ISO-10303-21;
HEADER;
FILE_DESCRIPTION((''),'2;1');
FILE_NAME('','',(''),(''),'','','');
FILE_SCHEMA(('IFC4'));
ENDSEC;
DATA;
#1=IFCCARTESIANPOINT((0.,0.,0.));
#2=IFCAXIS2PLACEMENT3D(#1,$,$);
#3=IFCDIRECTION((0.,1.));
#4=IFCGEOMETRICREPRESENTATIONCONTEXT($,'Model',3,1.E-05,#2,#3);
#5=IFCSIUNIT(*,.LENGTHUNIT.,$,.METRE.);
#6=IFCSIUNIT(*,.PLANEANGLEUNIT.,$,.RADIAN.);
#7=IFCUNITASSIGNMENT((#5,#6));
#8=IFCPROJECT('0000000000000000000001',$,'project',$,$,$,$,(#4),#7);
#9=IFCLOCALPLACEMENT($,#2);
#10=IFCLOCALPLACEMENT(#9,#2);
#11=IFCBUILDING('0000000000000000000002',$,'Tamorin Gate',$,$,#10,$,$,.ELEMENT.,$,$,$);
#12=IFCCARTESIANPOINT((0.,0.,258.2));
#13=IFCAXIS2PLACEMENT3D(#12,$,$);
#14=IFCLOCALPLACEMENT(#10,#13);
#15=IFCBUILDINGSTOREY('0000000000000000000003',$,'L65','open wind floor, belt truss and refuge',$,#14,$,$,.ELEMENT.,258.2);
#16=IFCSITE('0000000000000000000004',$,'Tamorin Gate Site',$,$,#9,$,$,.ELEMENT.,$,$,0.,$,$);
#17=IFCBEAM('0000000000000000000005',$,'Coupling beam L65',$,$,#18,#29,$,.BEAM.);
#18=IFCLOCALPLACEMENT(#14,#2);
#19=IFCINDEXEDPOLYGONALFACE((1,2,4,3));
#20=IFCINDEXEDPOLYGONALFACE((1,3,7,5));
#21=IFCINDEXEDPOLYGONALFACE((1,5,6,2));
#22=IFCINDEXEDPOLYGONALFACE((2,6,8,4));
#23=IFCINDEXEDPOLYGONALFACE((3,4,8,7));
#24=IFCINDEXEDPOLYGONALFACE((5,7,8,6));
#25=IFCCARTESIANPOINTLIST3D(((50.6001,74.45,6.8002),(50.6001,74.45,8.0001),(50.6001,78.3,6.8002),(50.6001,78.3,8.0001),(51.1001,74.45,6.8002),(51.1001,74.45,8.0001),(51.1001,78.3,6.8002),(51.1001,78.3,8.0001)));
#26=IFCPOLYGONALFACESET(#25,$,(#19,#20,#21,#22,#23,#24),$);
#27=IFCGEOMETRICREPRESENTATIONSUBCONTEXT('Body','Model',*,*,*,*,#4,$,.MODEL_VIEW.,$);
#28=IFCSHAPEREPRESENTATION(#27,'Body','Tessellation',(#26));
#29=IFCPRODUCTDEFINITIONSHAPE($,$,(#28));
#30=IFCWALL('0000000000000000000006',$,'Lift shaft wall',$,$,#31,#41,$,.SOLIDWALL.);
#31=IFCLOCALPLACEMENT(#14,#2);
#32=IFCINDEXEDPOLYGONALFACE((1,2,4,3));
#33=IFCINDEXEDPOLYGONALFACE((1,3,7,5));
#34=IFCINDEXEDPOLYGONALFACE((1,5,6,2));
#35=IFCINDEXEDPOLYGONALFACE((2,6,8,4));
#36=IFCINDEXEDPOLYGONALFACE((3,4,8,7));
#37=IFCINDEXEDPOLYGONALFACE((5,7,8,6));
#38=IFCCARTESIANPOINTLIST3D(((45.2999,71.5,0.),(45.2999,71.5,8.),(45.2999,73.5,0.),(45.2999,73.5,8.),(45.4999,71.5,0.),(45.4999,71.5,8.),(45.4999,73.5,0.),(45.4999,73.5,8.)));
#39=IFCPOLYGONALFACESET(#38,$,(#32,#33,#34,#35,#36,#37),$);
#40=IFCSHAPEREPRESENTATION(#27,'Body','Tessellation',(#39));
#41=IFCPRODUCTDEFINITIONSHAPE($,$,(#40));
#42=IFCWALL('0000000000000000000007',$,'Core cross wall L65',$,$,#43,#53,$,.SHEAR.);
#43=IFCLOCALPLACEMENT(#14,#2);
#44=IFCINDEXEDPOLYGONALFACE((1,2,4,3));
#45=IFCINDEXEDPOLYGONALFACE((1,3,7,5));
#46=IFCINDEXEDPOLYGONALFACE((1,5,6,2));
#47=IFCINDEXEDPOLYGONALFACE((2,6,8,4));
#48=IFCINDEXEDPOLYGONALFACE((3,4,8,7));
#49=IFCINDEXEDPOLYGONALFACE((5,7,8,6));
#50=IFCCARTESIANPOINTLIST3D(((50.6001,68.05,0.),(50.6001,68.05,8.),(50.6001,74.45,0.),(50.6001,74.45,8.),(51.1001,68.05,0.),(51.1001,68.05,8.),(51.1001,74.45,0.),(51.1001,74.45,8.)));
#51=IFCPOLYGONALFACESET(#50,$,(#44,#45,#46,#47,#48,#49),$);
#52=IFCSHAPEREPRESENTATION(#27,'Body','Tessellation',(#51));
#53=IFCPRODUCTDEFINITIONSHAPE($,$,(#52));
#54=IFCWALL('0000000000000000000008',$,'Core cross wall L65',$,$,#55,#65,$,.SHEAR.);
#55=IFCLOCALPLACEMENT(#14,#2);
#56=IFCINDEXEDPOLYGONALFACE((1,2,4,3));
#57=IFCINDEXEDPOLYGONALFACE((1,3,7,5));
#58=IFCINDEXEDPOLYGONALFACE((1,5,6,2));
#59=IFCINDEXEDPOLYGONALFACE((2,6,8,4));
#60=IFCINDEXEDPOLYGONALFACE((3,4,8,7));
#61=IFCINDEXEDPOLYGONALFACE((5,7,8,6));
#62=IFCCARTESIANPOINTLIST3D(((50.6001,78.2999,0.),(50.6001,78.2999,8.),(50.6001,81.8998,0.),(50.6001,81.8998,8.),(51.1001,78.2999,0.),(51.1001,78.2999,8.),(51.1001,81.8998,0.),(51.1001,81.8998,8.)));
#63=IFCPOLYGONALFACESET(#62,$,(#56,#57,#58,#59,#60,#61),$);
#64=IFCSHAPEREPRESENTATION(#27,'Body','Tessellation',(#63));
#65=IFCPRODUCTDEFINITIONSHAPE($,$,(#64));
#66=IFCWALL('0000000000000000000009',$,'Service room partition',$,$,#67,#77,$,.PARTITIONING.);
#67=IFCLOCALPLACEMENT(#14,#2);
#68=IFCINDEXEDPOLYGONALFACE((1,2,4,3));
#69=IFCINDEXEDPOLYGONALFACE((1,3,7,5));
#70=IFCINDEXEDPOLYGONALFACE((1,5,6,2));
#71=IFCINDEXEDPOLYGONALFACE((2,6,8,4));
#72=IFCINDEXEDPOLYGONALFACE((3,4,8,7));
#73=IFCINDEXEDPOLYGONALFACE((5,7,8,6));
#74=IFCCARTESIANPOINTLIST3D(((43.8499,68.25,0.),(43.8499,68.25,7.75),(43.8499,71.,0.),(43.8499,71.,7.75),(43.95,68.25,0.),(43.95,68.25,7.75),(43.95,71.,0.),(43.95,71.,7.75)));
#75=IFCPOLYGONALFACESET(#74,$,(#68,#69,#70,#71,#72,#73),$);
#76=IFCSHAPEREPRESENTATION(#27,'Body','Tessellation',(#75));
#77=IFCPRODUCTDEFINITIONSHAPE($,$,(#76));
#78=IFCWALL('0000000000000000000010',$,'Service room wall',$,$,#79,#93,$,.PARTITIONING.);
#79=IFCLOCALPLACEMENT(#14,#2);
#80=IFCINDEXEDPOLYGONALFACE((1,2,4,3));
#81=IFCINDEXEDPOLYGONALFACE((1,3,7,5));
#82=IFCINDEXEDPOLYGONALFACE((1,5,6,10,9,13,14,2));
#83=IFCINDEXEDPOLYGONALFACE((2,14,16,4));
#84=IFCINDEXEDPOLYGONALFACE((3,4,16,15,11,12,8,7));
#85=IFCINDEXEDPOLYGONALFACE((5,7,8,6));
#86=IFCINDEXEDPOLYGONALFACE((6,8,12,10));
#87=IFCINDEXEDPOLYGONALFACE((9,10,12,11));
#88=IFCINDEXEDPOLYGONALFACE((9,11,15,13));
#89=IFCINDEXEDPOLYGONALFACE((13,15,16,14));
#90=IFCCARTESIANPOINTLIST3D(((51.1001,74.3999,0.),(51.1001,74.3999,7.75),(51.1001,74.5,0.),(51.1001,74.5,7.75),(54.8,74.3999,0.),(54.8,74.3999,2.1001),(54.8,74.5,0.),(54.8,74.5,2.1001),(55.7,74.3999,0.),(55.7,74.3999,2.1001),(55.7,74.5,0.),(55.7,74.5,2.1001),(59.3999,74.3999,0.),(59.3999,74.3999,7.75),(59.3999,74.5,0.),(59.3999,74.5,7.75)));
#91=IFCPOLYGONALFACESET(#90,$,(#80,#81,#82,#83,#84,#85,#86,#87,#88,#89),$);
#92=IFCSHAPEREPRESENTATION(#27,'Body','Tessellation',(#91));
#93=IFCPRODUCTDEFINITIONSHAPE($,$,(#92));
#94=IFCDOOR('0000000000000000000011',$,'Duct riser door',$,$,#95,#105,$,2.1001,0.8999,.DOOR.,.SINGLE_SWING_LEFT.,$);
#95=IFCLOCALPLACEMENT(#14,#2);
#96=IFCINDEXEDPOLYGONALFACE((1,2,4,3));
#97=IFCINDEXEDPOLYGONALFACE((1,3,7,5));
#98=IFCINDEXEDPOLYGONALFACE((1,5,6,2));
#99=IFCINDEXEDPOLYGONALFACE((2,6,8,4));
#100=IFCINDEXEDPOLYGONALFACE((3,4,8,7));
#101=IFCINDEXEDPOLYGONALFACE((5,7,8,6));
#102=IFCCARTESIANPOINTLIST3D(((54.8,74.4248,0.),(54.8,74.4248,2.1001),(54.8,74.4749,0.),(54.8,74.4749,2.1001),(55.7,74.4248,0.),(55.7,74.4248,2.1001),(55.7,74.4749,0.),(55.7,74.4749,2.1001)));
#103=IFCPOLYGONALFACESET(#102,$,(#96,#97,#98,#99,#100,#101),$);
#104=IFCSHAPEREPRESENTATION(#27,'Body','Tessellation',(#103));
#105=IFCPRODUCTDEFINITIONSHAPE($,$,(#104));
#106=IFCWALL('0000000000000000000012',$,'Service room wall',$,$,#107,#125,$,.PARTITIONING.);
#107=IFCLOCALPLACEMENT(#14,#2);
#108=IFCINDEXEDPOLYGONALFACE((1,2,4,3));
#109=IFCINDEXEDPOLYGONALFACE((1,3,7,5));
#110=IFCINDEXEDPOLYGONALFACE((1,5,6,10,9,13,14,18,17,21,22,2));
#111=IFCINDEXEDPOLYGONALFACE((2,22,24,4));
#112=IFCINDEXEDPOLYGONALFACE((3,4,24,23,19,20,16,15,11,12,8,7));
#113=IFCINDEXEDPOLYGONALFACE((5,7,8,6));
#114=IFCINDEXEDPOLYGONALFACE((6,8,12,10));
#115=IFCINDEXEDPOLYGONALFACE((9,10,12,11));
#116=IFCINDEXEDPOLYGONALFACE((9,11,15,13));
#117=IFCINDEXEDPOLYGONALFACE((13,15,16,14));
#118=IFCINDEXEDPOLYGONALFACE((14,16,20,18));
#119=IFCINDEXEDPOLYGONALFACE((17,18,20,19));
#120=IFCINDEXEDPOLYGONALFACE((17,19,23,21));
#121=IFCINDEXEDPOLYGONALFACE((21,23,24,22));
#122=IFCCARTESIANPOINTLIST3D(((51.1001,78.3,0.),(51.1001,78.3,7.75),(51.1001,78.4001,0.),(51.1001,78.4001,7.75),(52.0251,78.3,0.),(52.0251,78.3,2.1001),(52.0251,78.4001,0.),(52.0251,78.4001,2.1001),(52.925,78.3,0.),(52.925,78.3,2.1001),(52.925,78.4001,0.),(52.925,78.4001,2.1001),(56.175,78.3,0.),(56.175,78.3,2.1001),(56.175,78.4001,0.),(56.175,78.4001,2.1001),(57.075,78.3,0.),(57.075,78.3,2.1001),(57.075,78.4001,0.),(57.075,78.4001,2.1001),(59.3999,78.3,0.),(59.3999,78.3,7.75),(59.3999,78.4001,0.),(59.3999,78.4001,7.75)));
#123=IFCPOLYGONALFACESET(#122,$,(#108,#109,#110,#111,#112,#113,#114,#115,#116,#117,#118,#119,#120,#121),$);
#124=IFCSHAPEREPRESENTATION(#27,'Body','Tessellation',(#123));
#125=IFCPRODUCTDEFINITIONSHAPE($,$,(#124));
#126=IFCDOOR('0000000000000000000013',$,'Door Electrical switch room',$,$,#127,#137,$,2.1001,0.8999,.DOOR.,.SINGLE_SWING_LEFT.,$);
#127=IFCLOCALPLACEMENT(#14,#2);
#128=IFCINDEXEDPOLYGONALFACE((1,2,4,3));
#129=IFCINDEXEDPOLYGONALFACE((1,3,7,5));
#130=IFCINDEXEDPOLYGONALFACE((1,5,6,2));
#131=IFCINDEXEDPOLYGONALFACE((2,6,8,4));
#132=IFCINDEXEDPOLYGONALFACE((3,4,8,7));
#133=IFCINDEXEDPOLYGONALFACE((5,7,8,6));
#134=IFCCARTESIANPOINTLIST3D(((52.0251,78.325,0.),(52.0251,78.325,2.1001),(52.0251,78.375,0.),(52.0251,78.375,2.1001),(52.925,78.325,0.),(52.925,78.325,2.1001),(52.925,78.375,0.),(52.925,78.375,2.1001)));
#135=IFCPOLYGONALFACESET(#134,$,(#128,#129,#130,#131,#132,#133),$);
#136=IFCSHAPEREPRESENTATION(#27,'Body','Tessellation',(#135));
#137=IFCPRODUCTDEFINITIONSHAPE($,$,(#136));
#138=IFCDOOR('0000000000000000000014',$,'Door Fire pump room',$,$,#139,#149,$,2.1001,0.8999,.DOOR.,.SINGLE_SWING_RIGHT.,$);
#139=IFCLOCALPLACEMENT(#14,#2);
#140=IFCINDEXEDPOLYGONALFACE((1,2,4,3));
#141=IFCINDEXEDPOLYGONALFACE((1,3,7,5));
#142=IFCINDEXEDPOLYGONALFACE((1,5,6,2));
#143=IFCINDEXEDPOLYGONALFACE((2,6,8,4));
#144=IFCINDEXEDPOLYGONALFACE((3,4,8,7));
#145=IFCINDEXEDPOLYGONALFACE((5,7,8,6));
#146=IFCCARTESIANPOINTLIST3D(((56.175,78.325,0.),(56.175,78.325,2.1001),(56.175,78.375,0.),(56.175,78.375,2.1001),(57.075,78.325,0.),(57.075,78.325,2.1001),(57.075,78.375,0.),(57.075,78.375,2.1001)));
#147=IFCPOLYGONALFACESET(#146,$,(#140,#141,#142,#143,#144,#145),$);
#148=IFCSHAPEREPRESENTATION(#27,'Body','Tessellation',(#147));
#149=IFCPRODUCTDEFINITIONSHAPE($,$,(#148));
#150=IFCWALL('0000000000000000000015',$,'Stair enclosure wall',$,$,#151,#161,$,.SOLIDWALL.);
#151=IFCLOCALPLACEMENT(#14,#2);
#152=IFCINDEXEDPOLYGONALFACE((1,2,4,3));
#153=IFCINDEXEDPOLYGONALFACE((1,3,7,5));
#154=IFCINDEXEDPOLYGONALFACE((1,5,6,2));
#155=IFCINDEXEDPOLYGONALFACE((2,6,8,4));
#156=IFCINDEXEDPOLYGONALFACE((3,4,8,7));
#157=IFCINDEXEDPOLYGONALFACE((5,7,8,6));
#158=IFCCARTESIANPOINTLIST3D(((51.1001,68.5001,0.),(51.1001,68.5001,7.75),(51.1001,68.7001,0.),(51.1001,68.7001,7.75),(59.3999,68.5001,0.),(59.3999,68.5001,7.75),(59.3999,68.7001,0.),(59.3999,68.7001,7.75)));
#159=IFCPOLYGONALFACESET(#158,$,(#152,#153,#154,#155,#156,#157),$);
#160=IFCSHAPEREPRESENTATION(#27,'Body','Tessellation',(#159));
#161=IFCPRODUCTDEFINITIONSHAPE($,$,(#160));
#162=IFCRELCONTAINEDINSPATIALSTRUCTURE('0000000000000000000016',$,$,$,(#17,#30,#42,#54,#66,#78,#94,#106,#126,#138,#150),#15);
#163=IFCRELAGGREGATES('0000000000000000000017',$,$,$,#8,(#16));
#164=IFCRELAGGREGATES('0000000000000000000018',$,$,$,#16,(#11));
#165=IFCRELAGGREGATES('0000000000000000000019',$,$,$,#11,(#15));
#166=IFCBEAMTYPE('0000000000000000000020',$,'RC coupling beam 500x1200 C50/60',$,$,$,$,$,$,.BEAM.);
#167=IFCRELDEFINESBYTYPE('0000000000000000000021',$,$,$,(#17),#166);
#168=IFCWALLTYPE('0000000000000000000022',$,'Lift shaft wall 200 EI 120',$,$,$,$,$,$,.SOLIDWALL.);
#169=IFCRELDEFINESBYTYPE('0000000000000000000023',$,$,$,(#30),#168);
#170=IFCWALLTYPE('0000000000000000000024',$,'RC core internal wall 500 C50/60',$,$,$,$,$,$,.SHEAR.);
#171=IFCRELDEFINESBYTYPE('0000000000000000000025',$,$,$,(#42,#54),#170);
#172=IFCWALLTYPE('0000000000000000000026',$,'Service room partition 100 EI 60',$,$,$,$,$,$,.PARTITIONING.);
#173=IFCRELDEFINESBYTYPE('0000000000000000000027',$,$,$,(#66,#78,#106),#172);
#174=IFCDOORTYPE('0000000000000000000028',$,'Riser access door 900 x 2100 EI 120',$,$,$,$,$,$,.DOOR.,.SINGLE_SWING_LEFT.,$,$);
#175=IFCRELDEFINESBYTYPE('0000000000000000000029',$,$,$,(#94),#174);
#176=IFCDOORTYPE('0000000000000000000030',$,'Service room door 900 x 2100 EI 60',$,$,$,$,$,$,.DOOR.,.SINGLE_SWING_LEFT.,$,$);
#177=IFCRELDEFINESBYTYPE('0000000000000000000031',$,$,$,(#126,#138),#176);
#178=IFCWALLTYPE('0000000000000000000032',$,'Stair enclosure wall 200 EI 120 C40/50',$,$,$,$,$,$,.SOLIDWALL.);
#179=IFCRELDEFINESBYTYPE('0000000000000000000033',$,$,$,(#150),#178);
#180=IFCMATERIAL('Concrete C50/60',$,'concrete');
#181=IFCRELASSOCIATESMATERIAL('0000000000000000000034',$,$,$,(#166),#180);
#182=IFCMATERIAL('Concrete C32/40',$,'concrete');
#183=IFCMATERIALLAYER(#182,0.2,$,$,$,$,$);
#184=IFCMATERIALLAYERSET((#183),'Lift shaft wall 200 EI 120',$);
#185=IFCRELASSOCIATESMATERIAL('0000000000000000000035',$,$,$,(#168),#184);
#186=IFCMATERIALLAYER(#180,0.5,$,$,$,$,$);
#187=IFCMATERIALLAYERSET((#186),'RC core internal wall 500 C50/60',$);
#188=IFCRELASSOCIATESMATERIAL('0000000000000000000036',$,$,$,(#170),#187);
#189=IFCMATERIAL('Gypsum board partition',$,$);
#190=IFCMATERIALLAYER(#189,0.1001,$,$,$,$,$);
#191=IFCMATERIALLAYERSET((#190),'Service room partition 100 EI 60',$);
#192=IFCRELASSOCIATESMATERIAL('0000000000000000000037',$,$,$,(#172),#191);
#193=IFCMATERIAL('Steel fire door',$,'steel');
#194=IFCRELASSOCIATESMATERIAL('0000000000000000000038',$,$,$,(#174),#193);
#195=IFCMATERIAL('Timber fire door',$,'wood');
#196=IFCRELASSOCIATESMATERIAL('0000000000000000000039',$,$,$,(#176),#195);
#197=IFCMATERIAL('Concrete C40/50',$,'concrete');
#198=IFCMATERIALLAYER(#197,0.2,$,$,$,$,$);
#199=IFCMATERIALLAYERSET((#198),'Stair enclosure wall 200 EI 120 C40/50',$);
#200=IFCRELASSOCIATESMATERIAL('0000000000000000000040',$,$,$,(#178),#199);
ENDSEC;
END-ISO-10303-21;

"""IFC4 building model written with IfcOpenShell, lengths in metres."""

from ifc_helpers import new_model, si_unit, direction, frame, frame_2d, origin, origin_2d, place, context, subcontext, project, spatial, rectangle, extrude, material, layer, layer_set, material_profile, profile_set, type_object, element, fill, save


model = new_model("IFC4")

# Units and contexts
model_context = context("Model", 3, precision=1e-05, world=origin(), true_north=direction((0.0, 1.0)))
body_context = subcontext(model_context, "Body", "Model", "MODEL_VIEW")
ifc_project = project(units=[si_unit("LENGTHUNIT", "METRE"), si_unit("PLANEANGLEUNIT", "RADIAN")], contexts=[model_context])

# Site, building, storey
site_placement = place(None, origin())
site = spatial("IfcSite", under=ifc_project, at=site_placement, Name="Tamorin Gate Site", CompositionType="ELEMENT", RefElevation=0.0)
building_placement = place(site_placement, origin())
building = spatial("IfcBuilding", under=site, at=building_placement, Name="Tamorin Gate", CompositionType="ELEMENT")
storey_placement = place(building_placement, frame((0.0, 0.0, 258.2)))
storey = spatial("IfcBuildingStorey", under=building, at=storey_placement, Name="L65", Description="open wind floor, belt truss and refuge", CompositionType="ELEMENT", Elevation=258.2)

# Beam
ifc_material_1 = material(Name="Concrete C50/60", Category="concrete")
ifc_material_profile = material_profile(ifc_material_1, rectangle(XDim=0.5, YDim=1.2, at=origin_2d()), Name="RC 500x1200")
ifc_profile_set = profile_set([ifc_material_profile], Name="Concrete C50/60")
beam_type = type_object("IfcBeamType", Name="RC coupling beam 500x1200 C50/60", PredefinedType="BEAM", material=ifc_profile_set)
beam_placement = place(storey_placement, frame((50.8501, 74.45, 7.4001), z_axis=(0.0, 1.0, 0.0), x_axis=(-1.0, 0.0, 0.0)))
element("IfcBeam", 1, at=beam_placement, inside=storey, type_object=beam_type, Name="Coupling beam L65", PredefinedType="BEAM", context=body_context, shape_type="SweptSolid", body=[
    extrude(rectangle(XDim=0.5, YDim=1.2, at=origin_2d()), origin(), (0.0, 0.0, 1.0), 3.8501),
])

# Walls
ifc_material_2 = material(Name="Concrete C32/40", Category="concrete")
ifc_layer_1 = layer(ifc_material_2, 0.2)
ifc_layer_set_1 = layer_set([ifc_layer_1], Name="Lift shaft wall 200 EI 120")
wall_type_1 = type_object("IfcWallType", Name="Lift shaft wall 200 EI 120", PredefinedType="SOLIDWALL", material=ifc_layer_set_1)
wall_1_placement = place(storey_placement, frame((45.3999, 71.5, 0.0), z_axis=(0.0, 0.0, 1.0), x_axis=(0.0, 1.0, 0.0)))
element("IfcWall", 2, at=wall_1_placement, inside=storey, type_object=wall_type_1, Name="Lift shaft wall", PredefinedType="SOLIDWALL", context=body_context, shape_type="SweptSolid", body=[
    extrude(rectangle(XDim=2.0, YDim=0.2, at=frame_2d((1.0, 0.0))), origin(), (0.0, 0.0, 1.0), 8.0),
])
ifc_layer_2 = layer(ifc_material_1, 0.5)
ifc_layer_set_2 = layer_set([ifc_layer_2], Name="RC core internal wall 500 C50/60")
wall_type_2 = type_object("IfcWallType", Name="RC core internal wall 500 C50/60", PredefinedType="SHEAR", material=ifc_layer_set_2)
wall_2_placement = place(storey_placement, frame((50.8501, 68.05, 0.0), z_axis=(0.0, 0.0, 1.0), x_axis=(0.0, 1.0, 0.0)))
element("IfcWall", 3, at=wall_2_placement, inside=storey, type_object=wall_type_2, Name="Core cross wall L65", PredefinedType="SHEAR", context=body_context, shape_type="SweptSolid", body=[
    extrude(rectangle(XDim=6.3999, YDim=0.5, at=frame_2d((3.2, 0.0))), origin(), (0.0, 0.0, 1.0), 8.0),
])
wall_3_placement = place(storey_placement, frame((50.8501, 78.3, 0.0), z_axis=(0.0, 0.0, 1.0), x_axis=(0.0, 1.0, 0.0)))
element("IfcWall", 4, at=wall_3_placement, inside=storey, type_object=wall_type_2, Name="Core cross wall L65", PredefinedType="SHEAR", context=body_context, shape_type="SweptSolid", body=[
    extrude(rectangle(XDim=3.5999, YDim=0.5, at=frame_2d((1.7998, 0.0))), origin(), (0.0, 0.0, 1.0), 8.0),
])
ifc_material_3 = material(Name="Gypsum board partition")
ifc_layer_3 = layer(ifc_material_3, 0.1001)
ifc_layer_set_3 = layer_set([ifc_layer_3], Name="Service room partition 100 EI 60")
wall_type_3 = type_object("IfcWallType", Name="Service room partition 100 EI 60", PredefinedType="PARTITIONING", material=ifc_layer_set_3)
wall_4_placement = place(storey_placement, frame((43.8999, 68.25, 0.0), z_axis=(0.0, 0.0, 1.0), x_axis=(0.0, 1.0, 0.0)))
element("IfcWall", 5, at=wall_4_placement, inside=storey, type_object=wall_type_3, Name="Service room partition", PredefinedType="PARTITIONING", context=body_context, shape_type="SweptSolid", body=[
    extrude(rectangle(XDim=2.75, YDim=0.1001, at=frame_2d((1.375, 0.0))), origin(), (0.0, 0.0, 1.0), 7.75),
])

# Wall, opening, door
wall_5_placement = place(storey_placement, frame((51.1001, 74.45, 0.0), z_axis=(0.0, 0.0, 1.0), x_axis=(1.0, 0.0, 0.0)))
wall_5 = element("IfcWall", 6, at=wall_5_placement, inside=storey, type_object=wall_type_3, Name="Service room wall", PredefinedType="PARTITIONING", context=body_context, shape_type="SweptSolid", body=[
    extrude(rectangle(XDim=8.2998, YDim=0.1001, at=frame_2d((4.1499, 0.0))), origin(), (0.0, 0.0, 1.0), 7.75),
])
opening_1_placement = place(wall_5_placement, frame((3.7, 0.0, 0.0)))
opening_1 = element("IfcOpeningElement", 7, at=opening_1_placement, cuts=wall_5, PredefinedType="OPENING", context=body_context, shape_type="SweptSolid", body=[
    extrude(rectangle(XDim=0.8999, YDim=2.1001, at=frame_2d((0.45, 1.05))), frame((0.0, 0.0601, 0.0), z_axis=(0.0, -1.0, 0.0), x_axis=(1.0, 0.0, 0.0)), (0.0, 0.0, 1.0), 0.1201),
])
ifc_material_4 = material(Name="Steel fire door", Category="steel")
door_type_1 = type_object("IfcDoorType", Name="Riser access door 900 x 2100 EI 120", OperationType="SINGLE_SWING_LEFT", PredefinedType="DOOR", material=ifc_material_4)
door_1_placement = place(opening_1_placement, origin())
door_1 = element("IfcDoor", 8, at=door_1_placement, inside=storey, type_object=door_type_1, Name="Duct riser door", OperationType="SINGLE_SWING_LEFT", OverallHeight=2.1001, OverallWidth=0.8999, PredefinedType="DOOR", context=body_context, shape_type="SweptSolid", body=[
    extrude(rectangle(XDim=0.8999, YDim=2.1001, at=frame_2d((0.45, 1.05))), frame((0.0, 0.0249, 0.0), z_axis=(0.0, -1.0, 0.0), x_axis=(1.0, 0.0, 0.0)), (0.0, 0.0, 1.0), 0.05),
])
fill(opening_1, door_1)

# Wall, openings, doors
wall_6_placement = place(storey_placement, frame((51.1001, 78.3501, 0.0), z_axis=(0.0, 0.0, 1.0), x_axis=(1.0, 0.0, 0.0)))
wall_6 = element("IfcWall", 9, at=wall_6_placement, inside=storey, type_object=wall_type_3, Name="Service room wall", PredefinedType="PARTITIONING", context=body_context, shape_type="SweptSolid", body=[
    extrude(rectangle(XDim=8.2998, YDim=0.1001, at=frame_2d((4.1499, 0.0))), origin(), (0.0, 0.0, 1.0), 7.75),
])
opening_2_placement = place(wall_6_placement, frame((0.925, 0.0, 0.0)))
opening_2 = element("IfcOpeningElement", 10, at=opening_2_placement, cuts=wall_6, PredefinedType="OPENING", context=body_context, shape_type="SweptSolid", body=[
    extrude(rectangle(XDim=0.8999, YDim=2.1001, at=frame_2d((0.45, 1.05))), frame((0.0, 0.0601, 0.0), z_axis=(0.0, -1.0, 0.0), x_axis=(1.0, 0.0, 0.0)), (0.0, 0.0, 1.0), 0.1201),
])
opening_3_placement = place(wall_6_placement, frame((5.075, 0.0, 0.0)))
opening_3 = element("IfcOpeningElement", 11, at=opening_3_placement, cuts=wall_6, PredefinedType="OPENING", context=body_context, shape_type="SweptSolid", body=[
    extrude(rectangle(XDim=0.8999, YDim=2.1001, at=frame_2d((0.45, 1.05))), frame((0.0, 0.0601, 0.0), z_axis=(0.0, -1.0, 0.0), x_axis=(1.0, 0.0, 0.0)), (0.0, 0.0, 1.0), 0.1201),
])
ifc_material_5 = material(Name="Timber fire door", Category="wood")
door_type_2 = type_object("IfcDoorType", Name="Service room door 900 x 2100 EI 60", OperationType="SINGLE_SWING_LEFT", PredefinedType="DOOR", material=ifc_material_5)
door_2_placement = place(opening_2_placement, origin())
door_2 = element("IfcDoor", 12, at=door_2_placement, inside=storey, type_object=door_type_2, Name="Door Electrical switch room", OperationType="SINGLE_SWING_LEFT", OverallHeight=2.1001, OverallWidth=0.8999, PredefinedType="DOOR", context=body_context, shape_type="SweptSolid", body=[
    extrude(rectangle(XDim=0.8999, YDim=2.1001, at=frame_2d((0.45, 1.05))), frame((0.0, 0.0249, 0.0), z_axis=(0.0, -1.0, 0.0), x_axis=(1.0, 0.0, 0.0)), (0.0, 0.0, 1.0), 0.05),
])
fill(opening_2, door_2)
door_3_placement = place(opening_3_placement, origin())
door_3 = element("IfcDoor", 13, at=door_3_placement, inside=storey, type_object=door_type_2, Name="Door Fire pump room", OperationType="SINGLE_SWING_RIGHT", OverallHeight=2.1001, OverallWidth=0.8999, PredefinedType="DOOR", context=body_context, shape_type="SweptSolid", body=[
    extrude(rectangle(XDim=0.8999, YDim=2.1001, at=frame_2d((0.45, 1.05))), frame((0.0, 0.0249, 0.0), z_axis=(0.0, -1.0, 0.0), x_axis=(1.0, 0.0, 0.0)), (0.0, 0.0, 1.0), 0.05),
])
fill(opening_3, door_3)

# Wall
ifc_material_6 = material(Name="Concrete C40/50", Category="concrete")
ifc_layer_4 = layer(ifc_material_6, 0.2)
ifc_layer_set_4 = layer_set([ifc_layer_4], Name="Stair enclosure wall 200 EI 120 C40/50")
wall_type_4 = type_object("IfcWallType", Name="Stair enclosure wall 200 EI 120 C40/50", PredefinedType="SOLIDWALL", material=ifc_layer_set_4)
wall_7_placement = place(storey_placement, frame((51.1001, 68.6001, 0.0), z_axis=(0.0, 0.0, 1.0), x_axis=(1.0, 0.0, 0.0)))
element("IfcWall", 14, at=wall_7_placement, inside=storey, type_object=wall_type_4, Name="Stair enclosure wall", PredefinedType="SOLIDWALL", context=body_context, shape_type="SweptSolid", body=[
    extrude(rectangle(XDim=8.2998, YDim=0.2, at=frame_2d((4.1499, 0.0))), origin(), (0.0, 0.0, 1.0), 7.75),
])

save(model, "model.ifc")
